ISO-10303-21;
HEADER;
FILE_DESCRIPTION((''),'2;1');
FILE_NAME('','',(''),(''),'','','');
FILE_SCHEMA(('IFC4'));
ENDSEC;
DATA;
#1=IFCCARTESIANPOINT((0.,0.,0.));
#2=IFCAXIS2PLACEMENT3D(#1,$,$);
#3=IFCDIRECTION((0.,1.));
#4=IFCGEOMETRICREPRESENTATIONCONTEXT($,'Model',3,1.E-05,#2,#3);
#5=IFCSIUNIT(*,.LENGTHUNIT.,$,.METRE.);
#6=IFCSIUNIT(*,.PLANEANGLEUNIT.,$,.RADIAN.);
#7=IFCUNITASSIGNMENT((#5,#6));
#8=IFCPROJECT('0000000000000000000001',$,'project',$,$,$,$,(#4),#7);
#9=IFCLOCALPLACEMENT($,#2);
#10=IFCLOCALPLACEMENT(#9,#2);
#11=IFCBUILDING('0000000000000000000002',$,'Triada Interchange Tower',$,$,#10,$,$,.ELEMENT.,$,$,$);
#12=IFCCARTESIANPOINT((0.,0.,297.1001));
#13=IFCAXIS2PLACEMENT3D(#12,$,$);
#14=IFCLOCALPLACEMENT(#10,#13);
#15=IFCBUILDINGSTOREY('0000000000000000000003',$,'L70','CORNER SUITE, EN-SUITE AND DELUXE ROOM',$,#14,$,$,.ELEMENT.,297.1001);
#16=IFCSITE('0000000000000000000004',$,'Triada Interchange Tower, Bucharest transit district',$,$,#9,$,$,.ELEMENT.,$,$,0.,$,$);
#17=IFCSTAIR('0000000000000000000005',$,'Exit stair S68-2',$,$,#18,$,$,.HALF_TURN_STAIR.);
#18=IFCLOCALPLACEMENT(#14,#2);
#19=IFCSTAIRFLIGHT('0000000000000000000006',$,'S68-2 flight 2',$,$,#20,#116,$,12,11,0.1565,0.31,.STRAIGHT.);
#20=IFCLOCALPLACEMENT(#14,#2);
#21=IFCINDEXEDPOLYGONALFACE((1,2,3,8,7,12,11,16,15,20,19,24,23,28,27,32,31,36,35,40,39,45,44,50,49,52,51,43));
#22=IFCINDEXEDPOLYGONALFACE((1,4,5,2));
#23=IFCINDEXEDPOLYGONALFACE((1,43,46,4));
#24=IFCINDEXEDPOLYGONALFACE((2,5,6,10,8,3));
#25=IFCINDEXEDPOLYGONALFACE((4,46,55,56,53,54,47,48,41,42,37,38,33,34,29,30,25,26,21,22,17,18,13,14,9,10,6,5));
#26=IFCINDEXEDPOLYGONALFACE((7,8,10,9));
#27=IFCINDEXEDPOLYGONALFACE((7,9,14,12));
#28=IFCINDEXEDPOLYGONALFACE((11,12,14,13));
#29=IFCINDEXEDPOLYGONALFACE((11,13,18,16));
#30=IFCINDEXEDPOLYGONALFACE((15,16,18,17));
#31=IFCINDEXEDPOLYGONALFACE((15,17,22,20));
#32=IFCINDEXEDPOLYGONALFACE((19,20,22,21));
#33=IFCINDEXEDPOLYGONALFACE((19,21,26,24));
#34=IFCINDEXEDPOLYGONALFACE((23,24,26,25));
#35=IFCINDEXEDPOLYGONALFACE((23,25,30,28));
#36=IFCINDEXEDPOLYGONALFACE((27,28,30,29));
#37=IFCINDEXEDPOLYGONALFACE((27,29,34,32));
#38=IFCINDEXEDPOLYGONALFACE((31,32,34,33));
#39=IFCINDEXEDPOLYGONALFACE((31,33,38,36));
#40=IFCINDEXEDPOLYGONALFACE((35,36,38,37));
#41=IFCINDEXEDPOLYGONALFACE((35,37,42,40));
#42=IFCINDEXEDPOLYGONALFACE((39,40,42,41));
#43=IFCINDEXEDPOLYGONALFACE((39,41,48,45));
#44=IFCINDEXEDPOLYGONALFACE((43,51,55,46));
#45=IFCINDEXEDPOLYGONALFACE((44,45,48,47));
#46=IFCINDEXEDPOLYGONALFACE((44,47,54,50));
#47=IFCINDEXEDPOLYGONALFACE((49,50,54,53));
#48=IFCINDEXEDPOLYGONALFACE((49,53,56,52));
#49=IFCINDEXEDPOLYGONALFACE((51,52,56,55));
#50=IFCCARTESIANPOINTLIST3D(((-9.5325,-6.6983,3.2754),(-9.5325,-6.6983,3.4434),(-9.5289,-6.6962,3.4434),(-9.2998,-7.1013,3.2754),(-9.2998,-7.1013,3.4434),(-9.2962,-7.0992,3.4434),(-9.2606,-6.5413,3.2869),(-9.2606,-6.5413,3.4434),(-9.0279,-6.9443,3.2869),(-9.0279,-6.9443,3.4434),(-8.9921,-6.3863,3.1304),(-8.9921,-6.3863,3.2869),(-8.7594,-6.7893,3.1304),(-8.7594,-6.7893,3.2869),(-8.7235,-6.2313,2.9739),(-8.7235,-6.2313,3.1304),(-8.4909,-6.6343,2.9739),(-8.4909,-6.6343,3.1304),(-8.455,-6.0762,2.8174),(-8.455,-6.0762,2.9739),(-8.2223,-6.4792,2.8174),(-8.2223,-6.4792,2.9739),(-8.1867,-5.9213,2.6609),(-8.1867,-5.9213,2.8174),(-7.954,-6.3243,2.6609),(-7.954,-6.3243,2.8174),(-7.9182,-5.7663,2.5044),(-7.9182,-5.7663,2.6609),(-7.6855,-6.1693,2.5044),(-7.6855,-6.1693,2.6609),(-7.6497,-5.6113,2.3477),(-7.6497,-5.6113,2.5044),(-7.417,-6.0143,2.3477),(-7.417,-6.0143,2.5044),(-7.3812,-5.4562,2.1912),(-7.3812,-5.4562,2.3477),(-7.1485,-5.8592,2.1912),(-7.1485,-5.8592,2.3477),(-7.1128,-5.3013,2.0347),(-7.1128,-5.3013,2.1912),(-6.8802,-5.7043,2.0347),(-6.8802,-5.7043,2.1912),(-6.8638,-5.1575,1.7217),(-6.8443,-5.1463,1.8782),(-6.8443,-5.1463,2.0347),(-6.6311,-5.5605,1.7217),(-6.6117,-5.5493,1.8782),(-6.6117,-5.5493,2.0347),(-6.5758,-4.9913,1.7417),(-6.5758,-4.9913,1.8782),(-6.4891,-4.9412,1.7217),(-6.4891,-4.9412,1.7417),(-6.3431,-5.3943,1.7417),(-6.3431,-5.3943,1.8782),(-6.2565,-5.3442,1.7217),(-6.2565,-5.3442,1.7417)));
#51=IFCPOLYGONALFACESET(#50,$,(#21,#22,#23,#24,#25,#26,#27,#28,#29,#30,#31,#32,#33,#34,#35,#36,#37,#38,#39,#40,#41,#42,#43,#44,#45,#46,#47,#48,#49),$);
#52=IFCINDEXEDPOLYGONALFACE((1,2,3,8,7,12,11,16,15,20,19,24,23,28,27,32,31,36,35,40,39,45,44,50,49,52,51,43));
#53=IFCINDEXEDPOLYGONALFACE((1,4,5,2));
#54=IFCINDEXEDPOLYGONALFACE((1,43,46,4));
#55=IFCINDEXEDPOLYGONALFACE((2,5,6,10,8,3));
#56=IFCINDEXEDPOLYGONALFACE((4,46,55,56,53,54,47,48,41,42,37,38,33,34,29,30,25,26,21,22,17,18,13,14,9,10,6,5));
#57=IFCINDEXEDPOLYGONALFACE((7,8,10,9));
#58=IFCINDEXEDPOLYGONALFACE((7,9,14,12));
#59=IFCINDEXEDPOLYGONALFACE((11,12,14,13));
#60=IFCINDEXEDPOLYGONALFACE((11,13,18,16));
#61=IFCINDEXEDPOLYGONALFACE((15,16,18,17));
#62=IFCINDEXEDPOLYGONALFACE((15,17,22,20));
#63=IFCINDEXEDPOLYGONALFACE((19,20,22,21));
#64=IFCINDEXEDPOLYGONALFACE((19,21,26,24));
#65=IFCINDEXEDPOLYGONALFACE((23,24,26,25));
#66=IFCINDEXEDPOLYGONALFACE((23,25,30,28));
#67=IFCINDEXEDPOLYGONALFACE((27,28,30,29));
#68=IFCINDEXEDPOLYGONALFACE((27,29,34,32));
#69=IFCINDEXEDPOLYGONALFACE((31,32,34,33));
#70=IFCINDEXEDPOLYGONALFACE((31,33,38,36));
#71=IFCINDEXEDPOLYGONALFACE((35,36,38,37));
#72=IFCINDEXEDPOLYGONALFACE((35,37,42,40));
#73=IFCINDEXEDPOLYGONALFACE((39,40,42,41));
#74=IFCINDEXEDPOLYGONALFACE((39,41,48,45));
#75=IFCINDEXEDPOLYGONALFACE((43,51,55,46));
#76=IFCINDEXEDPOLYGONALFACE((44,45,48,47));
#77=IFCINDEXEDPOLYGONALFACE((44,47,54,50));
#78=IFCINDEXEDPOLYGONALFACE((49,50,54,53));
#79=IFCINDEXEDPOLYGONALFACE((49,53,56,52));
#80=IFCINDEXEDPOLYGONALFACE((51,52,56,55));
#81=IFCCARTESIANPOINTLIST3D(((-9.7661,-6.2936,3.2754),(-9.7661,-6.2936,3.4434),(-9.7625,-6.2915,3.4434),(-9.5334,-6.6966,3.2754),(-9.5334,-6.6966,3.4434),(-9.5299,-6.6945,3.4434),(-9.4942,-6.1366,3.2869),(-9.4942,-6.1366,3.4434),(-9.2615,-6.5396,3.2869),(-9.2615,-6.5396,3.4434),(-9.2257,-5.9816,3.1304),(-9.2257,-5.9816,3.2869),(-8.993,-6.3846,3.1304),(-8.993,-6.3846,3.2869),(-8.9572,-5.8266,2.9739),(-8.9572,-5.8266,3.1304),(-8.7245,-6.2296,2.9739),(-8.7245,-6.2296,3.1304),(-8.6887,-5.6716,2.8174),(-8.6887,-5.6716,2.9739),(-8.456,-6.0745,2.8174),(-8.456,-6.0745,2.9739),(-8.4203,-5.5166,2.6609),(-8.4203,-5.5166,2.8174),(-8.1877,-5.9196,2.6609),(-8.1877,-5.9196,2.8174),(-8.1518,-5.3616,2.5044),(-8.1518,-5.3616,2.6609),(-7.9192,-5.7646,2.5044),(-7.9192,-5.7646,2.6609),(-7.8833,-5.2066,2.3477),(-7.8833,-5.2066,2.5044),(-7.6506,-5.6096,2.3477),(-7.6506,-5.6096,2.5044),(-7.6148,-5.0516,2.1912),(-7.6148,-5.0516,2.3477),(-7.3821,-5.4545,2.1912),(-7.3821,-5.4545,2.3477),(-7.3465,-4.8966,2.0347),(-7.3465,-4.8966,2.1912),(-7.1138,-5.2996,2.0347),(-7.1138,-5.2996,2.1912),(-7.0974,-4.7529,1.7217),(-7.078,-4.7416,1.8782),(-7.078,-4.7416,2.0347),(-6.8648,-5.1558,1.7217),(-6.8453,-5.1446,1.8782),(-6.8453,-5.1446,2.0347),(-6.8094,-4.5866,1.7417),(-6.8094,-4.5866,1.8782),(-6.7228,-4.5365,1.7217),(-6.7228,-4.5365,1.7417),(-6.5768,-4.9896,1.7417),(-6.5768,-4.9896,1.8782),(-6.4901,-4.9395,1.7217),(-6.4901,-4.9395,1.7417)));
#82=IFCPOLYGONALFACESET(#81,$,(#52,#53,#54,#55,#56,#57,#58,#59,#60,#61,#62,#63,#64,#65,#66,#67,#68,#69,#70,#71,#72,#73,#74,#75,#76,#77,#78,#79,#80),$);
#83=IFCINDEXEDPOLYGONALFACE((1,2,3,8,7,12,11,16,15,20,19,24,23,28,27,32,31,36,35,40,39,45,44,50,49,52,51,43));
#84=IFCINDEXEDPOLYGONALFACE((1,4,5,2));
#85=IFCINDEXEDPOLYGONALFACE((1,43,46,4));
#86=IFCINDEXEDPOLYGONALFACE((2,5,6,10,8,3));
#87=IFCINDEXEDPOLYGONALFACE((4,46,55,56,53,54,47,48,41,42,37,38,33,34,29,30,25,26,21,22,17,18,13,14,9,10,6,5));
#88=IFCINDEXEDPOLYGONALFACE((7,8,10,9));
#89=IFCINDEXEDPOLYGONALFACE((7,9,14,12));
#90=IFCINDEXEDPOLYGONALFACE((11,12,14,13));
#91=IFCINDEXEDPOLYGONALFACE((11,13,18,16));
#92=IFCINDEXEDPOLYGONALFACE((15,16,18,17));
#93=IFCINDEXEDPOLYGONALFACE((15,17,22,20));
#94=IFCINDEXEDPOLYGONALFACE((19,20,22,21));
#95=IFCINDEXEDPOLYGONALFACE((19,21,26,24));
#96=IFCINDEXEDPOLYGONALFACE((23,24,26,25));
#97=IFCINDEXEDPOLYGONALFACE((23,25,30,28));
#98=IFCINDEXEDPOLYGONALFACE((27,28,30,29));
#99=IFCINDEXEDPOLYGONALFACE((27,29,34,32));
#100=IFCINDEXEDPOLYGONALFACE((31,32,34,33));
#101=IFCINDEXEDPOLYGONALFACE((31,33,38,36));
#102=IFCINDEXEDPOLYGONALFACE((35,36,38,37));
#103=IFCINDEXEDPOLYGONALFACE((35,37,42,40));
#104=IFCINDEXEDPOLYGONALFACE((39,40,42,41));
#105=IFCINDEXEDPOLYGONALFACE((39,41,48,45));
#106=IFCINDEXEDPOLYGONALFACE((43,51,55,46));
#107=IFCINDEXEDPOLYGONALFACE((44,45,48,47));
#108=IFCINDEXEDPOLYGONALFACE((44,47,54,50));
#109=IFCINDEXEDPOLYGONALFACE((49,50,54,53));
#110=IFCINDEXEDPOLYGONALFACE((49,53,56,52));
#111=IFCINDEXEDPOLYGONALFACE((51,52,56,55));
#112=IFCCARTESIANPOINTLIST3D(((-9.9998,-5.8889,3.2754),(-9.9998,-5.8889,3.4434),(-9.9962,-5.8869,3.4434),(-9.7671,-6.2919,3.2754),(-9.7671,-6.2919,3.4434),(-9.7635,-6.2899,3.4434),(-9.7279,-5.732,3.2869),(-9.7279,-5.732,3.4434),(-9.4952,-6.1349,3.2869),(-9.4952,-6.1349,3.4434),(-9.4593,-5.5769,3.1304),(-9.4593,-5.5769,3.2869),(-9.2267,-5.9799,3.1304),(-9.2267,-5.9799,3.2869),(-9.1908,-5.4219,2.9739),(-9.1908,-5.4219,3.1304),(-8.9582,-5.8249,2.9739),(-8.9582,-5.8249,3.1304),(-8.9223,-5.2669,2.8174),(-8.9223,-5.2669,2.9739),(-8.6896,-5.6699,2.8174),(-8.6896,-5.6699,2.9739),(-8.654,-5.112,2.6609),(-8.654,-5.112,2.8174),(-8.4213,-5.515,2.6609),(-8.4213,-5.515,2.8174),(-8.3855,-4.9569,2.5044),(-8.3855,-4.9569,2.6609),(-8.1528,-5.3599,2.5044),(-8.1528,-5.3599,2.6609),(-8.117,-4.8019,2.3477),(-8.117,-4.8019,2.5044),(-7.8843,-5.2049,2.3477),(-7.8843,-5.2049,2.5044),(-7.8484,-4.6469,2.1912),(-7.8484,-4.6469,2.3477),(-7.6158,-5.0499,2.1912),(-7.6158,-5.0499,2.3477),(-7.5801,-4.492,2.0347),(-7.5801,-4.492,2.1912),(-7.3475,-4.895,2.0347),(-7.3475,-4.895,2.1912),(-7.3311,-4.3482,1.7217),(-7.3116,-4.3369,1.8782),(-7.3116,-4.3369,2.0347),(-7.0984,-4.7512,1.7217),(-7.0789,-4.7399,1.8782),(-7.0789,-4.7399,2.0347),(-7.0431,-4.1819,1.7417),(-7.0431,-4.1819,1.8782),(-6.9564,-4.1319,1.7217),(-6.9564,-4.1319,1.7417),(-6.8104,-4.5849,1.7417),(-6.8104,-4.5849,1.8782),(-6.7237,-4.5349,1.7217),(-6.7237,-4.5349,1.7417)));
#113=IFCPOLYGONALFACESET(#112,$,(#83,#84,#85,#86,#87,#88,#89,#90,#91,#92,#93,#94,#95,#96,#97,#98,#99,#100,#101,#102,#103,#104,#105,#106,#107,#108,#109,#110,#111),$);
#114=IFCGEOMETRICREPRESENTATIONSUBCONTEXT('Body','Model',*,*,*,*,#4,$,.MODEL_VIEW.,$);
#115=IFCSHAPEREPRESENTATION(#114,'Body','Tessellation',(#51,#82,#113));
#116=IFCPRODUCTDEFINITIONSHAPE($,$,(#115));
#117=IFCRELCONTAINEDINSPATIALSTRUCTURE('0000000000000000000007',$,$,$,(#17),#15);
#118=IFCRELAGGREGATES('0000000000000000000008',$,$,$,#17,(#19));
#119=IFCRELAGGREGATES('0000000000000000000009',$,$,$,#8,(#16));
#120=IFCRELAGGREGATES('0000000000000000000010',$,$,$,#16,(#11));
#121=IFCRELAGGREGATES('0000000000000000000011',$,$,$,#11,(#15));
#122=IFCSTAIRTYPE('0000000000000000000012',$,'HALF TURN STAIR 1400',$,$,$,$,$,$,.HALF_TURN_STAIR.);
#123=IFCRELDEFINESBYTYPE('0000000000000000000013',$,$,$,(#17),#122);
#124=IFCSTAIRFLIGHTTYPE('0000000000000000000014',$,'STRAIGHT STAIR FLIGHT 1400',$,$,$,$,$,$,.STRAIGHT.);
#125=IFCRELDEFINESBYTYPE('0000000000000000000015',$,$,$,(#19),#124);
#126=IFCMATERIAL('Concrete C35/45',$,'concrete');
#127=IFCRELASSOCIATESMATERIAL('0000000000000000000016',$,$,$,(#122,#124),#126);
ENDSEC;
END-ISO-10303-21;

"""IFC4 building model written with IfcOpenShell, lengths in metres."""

from ifc_helpers import new_model, si_unit, direction, frame, origin, place, context, subcontext, project, spatial, polyline, outline, extrude, material, type_object, element, aggregate, save


model = new_model("IFC4")

# Units and contexts
model_context = context("Model", 3, precision=1e-05, world=origin(), true_north=direction((0.0, 1.0)))
body_context = subcontext(model_context, "Body", "Model", "MODEL_VIEW")
ifc_project = project(units=[si_unit("LENGTHUNIT", "METRE"), si_unit("PLANEANGLEUNIT", "RADIAN")], contexts=[model_context])

# Site, building, storey
site_placement = place(None, origin())
site = spatial("IfcSite", under=ifc_project, at=site_placement, Name="Triada Interchange Tower, Bucharest transit district", CompositionType="ELEMENT", RefElevation=0.0)
building_placement = place(site_placement, origin())
building = spatial("IfcBuilding", under=site, at=building_placement, Name="Triada Interchange Tower", CompositionType="ELEMENT")
storey_placement = place(building_placement, frame((0.0, 0.0, 297.1001)))
storey = spatial("IfcBuildingStorey", under=building, at=storey_placement, Name="L70", Description="CORNER SUITE, EN-SUITE AND DELUXE ROOM", CompositionType="ELEMENT", Elevation=297.1001)

# Stair, stair flight
ifc_material_1 = material(Name="Concrete C35/45", Category="concrete")
stair_type = type_object("IfcStairType", Name="HALF TURN STAIR 1400", PredefinedType="HALF_TURN_STAIR", material=ifc_material_1)
stair_placement = place(storey_placement, origin())
stair = element("IfcStair", 1, at=stair_placement, inside=storey, type_object=stair_type, Name="Exit stair S68-2", PredefinedType="HALF_TURN_STAIR")
stair_flight_type = type_object("IfcStairFlightType", Name="STRAIGHT STAIR FLIGHT 1400", PredefinedType="STRAIGHT", material=ifc_material_1)
stair_flight_1_placement = place(storey_placement, frame((-6.6931, -4.7881, 1.7217), z_axis=(0.0, 0.0, 1.0), x_axis=(-0.866025, -0.5, 0.0)))
stair_flight_1 = element("IfcStairFlight", 2, at=stair_flight_1_placement, type_object=stair_flight_type, Name="S68-2 flight 2", NumberOfRisers=12, NumberOfTreads=11, PredefinedType="STRAIGHT", RiserHeight=0.1565, TreadLength=0.31, context=body_context, shape_type="SweptSolid", body=[
    extrude(outline(polyline([(-0.1001, 0.0), (-0.1001, 0.02), (0.0, 0.02), (0.0, 0.1565), (0.3101, 0.1565), (0.3101, 0.313), (0.6201, 0.313), (0.6201, 0.4695), (0.9299, 0.4695), (0.9299, 0.626), (1.24, 0.626), (1.24, 0.7827), (1.55, 0.7827), (1.55, 0.9392), (1.8601, 0.9392), (1.8601, 1.0957), (2.1699, 1.0957), (2.1699, 1.2522), (2.48, 1.2522), (2.48, 1.4087), (2.79, 1.4087), (2.79, 1.5652), (3.1001, 1.5652), (3.1001, 1.7217), (3.4099, 1.7217), (3.4141, 1.7217), (3.4141, 1.8782), (3.4141, 1.5537), (0.3325, 0.0), (-0.1001, 0.0)])), frame((0.0, 0.7, 0.0), z_axis=(0.0, -1.0, 0.0), x_axis=(1.0, 0.0, 0.0)), (0.0, 0.0, 1.0), 0.4653),
    extrude(outline(polyline([(-0.1001, 0.0), (-0.1001, 0.02), (0.0, 0.02), (0.0, 0.1565), (0.3101, 0.1565), (0.3101, 0.313), (0.6201, 0.313), (0.6201, 0.4695), (0.9299, 0.4695), (0.9299, 0.626), (1.24, 0.626), (1.24, 0.7827), (1.55, 0.7827), (1.55, 0.9392), (1.8601, 0.9392), (1.8601, 1.0957), (2.1699, 1.0957), (2.1699, 1.2522), (2.48, 1.2522), (2.48, 1.4087), (2.79, 1.4087), (2.79, 1.5652), (3.1001, 1.5652), (3.1001, 1.7217), (3.4099, 1.7217), (3.4141, 1.7217), (3.4141, 1.8782), (3.4141, 1.5537), (0.3325, 0.0), (-0.1001, 0.0)])), frame((0.0, 0.2327, 0.0), z_axis=(0.0, -1.0, 0.0), x_axis=(1.0, 0.0, 0.0)), (0.0, 0.0, 1.0), 0.4653),
    extrude(outline(polyline([(-0.1001, 0.0), (-0.1001, 0.02), (0.0, 0.02), (0.0, 0.1565), (0.3101, 0.1565), (0.3101, 0.313), (0.6201, 0.313), (0.6201, 0.4695), (0.9299, 0.4695), (0.9299, 0.626), (1.24, 0.626), (1.24, 0.7827), (1.55, 0.7827), (1.55, 0.9392), (1.8601, 0.9392), (1.8601, 1.0957), (2.1699, 1.0957), (2.1699, 1.2522), (2.48, 1.2522), (2.48, 1.4087), (2.79, 1.4087), (2.79, 1.5652), (3.1001, 1.5652), (3.1001, 1.7217), (3.4099, 1.7217), (3.4141, 1.7217), (3.4141, 1.8782), (3.4141, 1.5537), (0.3325, 0.0), (-0.1001, 0.0)])), frame((0.0, -0.2346, 0.0), z_axis=(0.0, -1.0, 0.0), x_axis=(1.0, 0.0, 0.0)), (0.0, 0.0, 1.0), 0.4653),
])
aggregate(stair, [stair_flight_1])

save(model, "model.ifc")
